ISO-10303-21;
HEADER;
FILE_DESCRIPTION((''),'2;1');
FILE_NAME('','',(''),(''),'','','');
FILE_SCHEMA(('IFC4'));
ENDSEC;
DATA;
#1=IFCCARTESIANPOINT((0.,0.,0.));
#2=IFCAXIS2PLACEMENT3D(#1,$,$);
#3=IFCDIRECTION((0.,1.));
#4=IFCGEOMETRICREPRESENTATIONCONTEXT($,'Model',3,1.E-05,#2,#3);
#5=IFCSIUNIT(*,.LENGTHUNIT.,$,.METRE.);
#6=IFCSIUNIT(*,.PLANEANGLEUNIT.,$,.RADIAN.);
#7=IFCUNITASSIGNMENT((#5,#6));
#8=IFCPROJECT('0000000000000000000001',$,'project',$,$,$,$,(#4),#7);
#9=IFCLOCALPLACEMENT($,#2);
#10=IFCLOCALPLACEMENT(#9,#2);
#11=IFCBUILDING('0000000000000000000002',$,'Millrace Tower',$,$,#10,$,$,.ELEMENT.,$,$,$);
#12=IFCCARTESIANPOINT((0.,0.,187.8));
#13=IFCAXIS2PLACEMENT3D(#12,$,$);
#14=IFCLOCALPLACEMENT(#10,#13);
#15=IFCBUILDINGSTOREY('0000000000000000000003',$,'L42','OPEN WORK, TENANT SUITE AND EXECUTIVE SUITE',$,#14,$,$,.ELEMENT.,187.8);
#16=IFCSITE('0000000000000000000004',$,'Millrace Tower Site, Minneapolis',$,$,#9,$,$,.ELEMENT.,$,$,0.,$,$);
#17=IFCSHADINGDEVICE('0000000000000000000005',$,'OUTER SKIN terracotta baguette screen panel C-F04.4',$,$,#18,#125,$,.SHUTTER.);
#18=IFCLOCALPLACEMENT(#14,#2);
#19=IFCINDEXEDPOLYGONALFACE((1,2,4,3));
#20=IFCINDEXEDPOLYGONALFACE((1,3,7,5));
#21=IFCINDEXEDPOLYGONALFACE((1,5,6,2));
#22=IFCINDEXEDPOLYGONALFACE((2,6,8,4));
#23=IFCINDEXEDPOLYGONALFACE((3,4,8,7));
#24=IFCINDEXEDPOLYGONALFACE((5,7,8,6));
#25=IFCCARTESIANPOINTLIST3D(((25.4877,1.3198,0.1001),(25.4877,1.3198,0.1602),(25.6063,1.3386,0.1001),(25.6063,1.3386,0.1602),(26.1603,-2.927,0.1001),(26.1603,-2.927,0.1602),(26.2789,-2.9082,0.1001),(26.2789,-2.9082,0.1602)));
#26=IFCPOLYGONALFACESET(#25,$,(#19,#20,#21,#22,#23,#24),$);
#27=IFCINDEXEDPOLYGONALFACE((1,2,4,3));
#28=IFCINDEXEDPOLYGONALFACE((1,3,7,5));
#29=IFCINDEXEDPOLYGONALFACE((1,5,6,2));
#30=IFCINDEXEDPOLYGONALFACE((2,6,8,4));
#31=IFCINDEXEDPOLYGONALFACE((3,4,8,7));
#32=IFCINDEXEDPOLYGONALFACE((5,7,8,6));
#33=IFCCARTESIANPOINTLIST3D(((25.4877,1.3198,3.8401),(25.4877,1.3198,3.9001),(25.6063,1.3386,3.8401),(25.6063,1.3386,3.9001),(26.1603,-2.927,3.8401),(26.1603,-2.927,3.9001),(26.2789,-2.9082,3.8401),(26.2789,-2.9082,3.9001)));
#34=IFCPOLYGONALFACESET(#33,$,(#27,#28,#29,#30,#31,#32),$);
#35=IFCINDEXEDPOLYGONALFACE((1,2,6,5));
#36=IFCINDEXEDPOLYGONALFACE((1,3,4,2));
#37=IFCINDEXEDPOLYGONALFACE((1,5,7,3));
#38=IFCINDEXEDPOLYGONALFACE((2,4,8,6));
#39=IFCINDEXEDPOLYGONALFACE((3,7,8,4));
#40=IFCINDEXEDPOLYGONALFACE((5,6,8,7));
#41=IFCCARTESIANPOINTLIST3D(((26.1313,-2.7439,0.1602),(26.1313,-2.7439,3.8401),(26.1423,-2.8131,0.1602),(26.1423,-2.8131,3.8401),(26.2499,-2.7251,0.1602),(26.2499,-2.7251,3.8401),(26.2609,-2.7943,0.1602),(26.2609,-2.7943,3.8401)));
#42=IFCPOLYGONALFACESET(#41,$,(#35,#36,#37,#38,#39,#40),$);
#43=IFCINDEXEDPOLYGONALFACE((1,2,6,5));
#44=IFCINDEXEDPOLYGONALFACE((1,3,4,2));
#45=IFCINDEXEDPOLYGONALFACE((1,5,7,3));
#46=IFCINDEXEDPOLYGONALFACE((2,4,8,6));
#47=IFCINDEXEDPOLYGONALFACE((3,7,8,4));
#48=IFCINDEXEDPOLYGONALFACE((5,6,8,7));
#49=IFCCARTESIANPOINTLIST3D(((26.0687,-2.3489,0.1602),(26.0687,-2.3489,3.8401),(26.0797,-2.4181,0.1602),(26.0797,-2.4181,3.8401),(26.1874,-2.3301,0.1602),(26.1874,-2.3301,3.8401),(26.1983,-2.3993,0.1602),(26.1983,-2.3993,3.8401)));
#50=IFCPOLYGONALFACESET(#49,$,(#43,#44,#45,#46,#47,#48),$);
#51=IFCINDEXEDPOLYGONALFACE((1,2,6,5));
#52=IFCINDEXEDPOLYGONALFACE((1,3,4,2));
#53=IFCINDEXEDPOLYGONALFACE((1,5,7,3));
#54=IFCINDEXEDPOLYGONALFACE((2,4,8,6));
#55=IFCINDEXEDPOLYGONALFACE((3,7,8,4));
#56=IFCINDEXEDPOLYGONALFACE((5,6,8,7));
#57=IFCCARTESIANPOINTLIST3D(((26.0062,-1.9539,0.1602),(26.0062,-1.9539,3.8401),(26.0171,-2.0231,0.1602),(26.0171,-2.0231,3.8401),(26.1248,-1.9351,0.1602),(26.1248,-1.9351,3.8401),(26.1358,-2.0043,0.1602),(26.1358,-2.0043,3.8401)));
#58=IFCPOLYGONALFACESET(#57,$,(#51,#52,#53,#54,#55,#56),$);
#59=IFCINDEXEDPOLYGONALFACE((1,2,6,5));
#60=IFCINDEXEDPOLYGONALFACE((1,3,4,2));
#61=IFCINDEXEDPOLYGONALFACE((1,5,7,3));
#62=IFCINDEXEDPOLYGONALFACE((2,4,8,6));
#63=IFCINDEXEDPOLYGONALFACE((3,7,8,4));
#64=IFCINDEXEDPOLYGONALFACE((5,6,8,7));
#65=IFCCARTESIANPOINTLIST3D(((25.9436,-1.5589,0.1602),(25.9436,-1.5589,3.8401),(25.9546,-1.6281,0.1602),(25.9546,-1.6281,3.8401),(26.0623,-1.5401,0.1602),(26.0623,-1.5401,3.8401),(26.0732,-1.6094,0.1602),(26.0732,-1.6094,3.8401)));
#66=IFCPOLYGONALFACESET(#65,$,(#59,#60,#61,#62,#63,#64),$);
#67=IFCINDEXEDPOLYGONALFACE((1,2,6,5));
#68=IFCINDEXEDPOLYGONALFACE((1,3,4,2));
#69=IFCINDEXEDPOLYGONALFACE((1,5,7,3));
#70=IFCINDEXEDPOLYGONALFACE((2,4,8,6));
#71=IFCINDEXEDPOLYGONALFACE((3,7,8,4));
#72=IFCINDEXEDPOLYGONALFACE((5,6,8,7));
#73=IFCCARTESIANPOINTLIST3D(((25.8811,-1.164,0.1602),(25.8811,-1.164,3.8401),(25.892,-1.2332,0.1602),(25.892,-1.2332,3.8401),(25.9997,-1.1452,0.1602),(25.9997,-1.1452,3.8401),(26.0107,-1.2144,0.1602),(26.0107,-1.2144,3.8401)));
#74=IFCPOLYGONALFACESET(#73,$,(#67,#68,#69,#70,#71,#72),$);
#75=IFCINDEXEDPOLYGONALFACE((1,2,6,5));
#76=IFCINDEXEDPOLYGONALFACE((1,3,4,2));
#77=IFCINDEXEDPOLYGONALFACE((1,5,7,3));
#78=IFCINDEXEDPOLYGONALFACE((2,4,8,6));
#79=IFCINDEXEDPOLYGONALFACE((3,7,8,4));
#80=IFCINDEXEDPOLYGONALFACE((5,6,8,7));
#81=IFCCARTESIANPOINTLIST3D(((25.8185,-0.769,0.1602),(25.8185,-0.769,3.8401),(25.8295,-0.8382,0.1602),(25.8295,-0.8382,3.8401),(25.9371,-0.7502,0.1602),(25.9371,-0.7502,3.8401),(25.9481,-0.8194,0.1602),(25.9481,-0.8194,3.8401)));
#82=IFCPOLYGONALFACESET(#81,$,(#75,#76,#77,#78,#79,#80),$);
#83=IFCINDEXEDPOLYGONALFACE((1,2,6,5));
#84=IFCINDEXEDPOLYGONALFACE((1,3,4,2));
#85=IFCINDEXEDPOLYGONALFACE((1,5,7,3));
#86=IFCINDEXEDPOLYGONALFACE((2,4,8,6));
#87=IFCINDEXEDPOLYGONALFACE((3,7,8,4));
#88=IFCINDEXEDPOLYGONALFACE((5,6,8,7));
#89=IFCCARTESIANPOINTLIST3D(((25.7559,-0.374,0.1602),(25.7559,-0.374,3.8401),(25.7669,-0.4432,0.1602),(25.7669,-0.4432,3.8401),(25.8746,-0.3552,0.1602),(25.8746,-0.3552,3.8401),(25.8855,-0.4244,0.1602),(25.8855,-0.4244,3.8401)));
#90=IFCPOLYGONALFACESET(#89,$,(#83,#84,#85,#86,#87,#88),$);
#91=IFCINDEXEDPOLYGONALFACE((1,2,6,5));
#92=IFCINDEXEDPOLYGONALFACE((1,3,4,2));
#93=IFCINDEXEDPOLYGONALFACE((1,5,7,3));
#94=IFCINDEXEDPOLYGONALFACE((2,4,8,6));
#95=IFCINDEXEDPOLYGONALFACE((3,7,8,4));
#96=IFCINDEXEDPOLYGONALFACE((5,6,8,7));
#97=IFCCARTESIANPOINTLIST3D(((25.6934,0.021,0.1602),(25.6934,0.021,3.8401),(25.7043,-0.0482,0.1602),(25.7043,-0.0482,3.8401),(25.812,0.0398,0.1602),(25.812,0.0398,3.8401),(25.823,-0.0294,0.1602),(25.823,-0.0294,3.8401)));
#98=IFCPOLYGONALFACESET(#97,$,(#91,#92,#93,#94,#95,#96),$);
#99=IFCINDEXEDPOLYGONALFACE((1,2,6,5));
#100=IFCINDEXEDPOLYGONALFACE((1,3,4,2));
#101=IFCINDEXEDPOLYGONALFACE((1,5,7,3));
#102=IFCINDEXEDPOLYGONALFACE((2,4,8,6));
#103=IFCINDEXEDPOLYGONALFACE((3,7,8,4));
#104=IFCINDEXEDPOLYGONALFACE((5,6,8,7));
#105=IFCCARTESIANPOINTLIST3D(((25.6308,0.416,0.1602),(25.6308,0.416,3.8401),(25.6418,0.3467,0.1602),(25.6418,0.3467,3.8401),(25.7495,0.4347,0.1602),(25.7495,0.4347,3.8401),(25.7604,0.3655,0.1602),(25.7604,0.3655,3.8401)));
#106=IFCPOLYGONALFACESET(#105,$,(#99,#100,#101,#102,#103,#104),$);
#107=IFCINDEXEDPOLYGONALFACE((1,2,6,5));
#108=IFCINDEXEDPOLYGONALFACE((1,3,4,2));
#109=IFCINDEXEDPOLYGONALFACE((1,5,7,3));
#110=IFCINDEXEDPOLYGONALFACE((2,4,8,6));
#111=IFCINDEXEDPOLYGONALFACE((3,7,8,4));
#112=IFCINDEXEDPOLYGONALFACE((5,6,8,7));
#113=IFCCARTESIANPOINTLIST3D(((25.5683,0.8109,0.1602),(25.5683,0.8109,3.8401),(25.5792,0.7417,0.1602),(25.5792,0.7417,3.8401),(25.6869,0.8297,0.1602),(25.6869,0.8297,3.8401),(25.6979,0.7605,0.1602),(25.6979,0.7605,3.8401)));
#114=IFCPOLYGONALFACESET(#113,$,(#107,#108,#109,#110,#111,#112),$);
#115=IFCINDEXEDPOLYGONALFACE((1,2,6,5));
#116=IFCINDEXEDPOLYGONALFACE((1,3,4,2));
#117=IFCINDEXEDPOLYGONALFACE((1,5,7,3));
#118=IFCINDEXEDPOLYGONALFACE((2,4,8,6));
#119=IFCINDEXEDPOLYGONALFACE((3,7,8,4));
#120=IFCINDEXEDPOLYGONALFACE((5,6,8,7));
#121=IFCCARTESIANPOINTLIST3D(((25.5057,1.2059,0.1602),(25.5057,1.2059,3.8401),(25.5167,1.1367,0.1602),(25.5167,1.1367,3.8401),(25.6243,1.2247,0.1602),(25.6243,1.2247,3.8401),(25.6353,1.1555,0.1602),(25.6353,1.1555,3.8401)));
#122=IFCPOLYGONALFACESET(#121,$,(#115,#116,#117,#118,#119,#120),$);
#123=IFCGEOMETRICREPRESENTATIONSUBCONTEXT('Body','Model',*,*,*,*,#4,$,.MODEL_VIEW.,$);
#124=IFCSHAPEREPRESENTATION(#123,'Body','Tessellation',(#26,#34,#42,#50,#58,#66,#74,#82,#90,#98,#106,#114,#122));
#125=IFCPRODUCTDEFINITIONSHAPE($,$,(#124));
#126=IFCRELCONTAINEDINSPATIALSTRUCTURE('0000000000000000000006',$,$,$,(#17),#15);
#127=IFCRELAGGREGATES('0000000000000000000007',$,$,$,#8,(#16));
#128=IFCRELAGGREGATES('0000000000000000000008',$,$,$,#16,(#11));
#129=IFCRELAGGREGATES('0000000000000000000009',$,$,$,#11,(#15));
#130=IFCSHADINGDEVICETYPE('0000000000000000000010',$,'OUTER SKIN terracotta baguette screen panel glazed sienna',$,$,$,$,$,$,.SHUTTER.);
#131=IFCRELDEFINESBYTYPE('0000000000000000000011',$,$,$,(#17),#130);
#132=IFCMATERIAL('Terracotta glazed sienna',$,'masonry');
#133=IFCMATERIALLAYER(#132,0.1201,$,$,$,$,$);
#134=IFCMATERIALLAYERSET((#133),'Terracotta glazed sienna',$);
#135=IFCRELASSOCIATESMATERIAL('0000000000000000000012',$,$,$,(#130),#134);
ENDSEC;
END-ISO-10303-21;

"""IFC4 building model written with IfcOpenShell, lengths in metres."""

from ifc_helpers import new_model, entity, si_unit, direction, frame, frame_2d, origin, origin_2d, place, context, subcontext, project, spatial, rectangle, extrude, source, transform, mapped, material, layer, layer_set, type_object, element, save


model = new_model("IFC4")

# Units and contexts
model_context = context("Model", 3, precision=1e-05, world=origin(), true_north=direction((0.0, 1.0)))
body_context = subcontext(model_context, "Body", "Model", "MODEL_VIEW")
ifc_project = project(units=[si_unit("LENGTHUNIT", "METRE"), si_unit("PLANEANGLEUNIT", "RADIAN")], contexts=[model_context])

# Site, building, storey
site_placement = place(None, origin())
site = spatial("IfcSite", under=ifc_project, at=site_placement, Name="Millrace Tower Site, Minneapolis", CompositionType="ELEMENT", RefElevation=0.0)
building_placement = place(site_placement, origin())
building = spatial("IfcBuilding", under=site, at=building_placement, Name="Millrace Tower", CompositionType="ELEMENT")
storey_placement = place(building_placement, frame((0.0, 0.0, 187.8)))
storey = spatial("IfcBuildingStorey", under=building, at=storey_placement, Name="L42", Description="OPEN WORK, TENANT SUITE AND EXECUTIVE SUITE", CompositionType="ELEMENT", Elevation=187.8)

# Shading device
ifc_material_1 = material(Name="Terracotta glazed sienna", Category="masonry")
ifc_layer_1 = layer(ifc_material_1, 0.1201)
ifc_layer_set_1 = layer_set([ifc_layer_1], Name="Terracotta glazed sienna")
shading_device_type = type_object("IfcShadingDeviceType", Name="OUTER SKIN terracotta baguette screen panel glazed sienna", PredefinedType="SHUTTER", material=ifc_layer_set_1)
cartesian_point_1 = entity("IfcCartesianPoint", [-2.1499, 0.0601])
shared_polyline_1 = entity("IfcPolyline", [cartesian_point_1, entity("IfcCartesianPoint", [2.1499, 0.0601]), entity("IfcCartesianPoint", [2.1499, -0.0601]), entity("IfcCartesianPoint", [-2.1499, -0.0601]), cartesian_point_1])
shared_shape_1 = source(origin(), body_context, "Body", "SweptSolid", [
    entity("IfcExtrudedAreaSolid", entity("IfcArbitraryClosedProfileDef", "AREA", None, shared_polyline_1), entity("IfcAxis2Placement3D", entity("IfcCartesianPoint", [0.0, 0.0, 0.0])), entity("IfcDirection", [0.0, 0.0, 1.0]), 0.0601),
    entity("IfcExtrudedAreaSolid", entity("IfcArbitraryClosedProfileDef", "AREA", None, shared_polyline_1), entity("IfcAxis2Placement3D", entity("IfcCartesianPoint", [0.0, 0.0, 3.74])), entity("IfcDirection", [0.0, 0.0, 1.0]), 0.0601),
    extrude(rectangle(XDim=0.0701, YDim=0.1201, at=frame_2d((-1.9995, 0.0))), frame((0.0, 0.0, 0.0601)), (0.0, 0.0, 1.0), 3.6799),
    extrude(rectangle(XDim=0.0701, YDim=0.1201, at=frame_2d((-1.5996, 0.0))), frame((0.0, 0.0, 0.0601)), (0.0, 0.0, 1.0), 3.6799),
    extrude(rectangle(XDim=0.0701, YDim=0.1201, at=frame_2d((-1.1997, 0.0))), frame((0.0, 0.0, 0.0601)), (0.0, 0.0, 1.0), 3.6799),
    extrude(rectangle(XDim=0.0701, YDim=0.1201, at=frame_2d((-0.7998, 0.0))), frame((0.0, 0.0, 0.0601)), (0.0, 0.0, 1.0), 3.6799),
    extrude(rectangle(XDim=0.0701, YDim=0.1201, at=frame_2d((-0.3999, 0.0))), frame((0.0, 0.0, 0.0601)), (0.0, 0.0, 1.0), 3.6799),
    extrude(rectangle(XDim=0.0701, YDim=0.1201, at=origin_2d()), frame((0.0, 0.0, 0.0601)), (0.0, 0.0, 1.0), 3.6799),
    extrude(rectangle(XDim=0.0701, YDim=0.1201, at=frame_2d((0.3999, 0.0))), frame((0.0, 0.0, 0.0601)), (0.0, 0.0, 1.0), 3.6799),
    extrude(rectangle(XDim=0.0701, YDim=0.1201, at=frame_2d((0.7998, 0.0))), frame((0.0, 0.0, 0.0601)), (0.0, 0.0, 1.0), 3.6799),
    extrude(rectangle(XDim=0.0701, YDim=0.1201, at=frame_2d((1.1997, 0.0))), frame((0.0, 0.0, 0.0601)), (0.0, 0.0, 1.0), 3.6799),
    extrude(rectangle(XDim=0.0701, YDim=0.1201, at=frame_2d((1.5996, 0.0))), frame((0.0, 0.0, 0.0601)), (0.0, 0.0, 1.0), 3.6799),
    extrude(rectangle(XDim=0.0701, YDim=0.1201, at=frame_2d((1.9995, 0.0))), frame((0.0, 0.0, 0.0601)), (0.0, 0.0, 1.0), 3.6799),
])
for number, where, z_axis, x_axis, name in (
    (1, (25.8833, -0.7942, 0.1001), (0.0, 0.0, 1.0), (-0.156434, 0.987688, 0.0), "OUTER SKIN terracotta baguette screen panel C-F04.4"),
):
    element("IfcShadingDevice", number, at=place(storey_placement, frame(where, z_axis=z_axis, x_axis=x_axis)), inside=storey, type_object=shading_device_type, Name=name, PredefinedType="SHUTTER", context=body_context, shape_type="MappedRepresentation", body=[
        mapped(shared_shape_1, transform((0.0, 0.0, 0.0), scale=1.0)),
    ])

save(model, "model.ifc")
